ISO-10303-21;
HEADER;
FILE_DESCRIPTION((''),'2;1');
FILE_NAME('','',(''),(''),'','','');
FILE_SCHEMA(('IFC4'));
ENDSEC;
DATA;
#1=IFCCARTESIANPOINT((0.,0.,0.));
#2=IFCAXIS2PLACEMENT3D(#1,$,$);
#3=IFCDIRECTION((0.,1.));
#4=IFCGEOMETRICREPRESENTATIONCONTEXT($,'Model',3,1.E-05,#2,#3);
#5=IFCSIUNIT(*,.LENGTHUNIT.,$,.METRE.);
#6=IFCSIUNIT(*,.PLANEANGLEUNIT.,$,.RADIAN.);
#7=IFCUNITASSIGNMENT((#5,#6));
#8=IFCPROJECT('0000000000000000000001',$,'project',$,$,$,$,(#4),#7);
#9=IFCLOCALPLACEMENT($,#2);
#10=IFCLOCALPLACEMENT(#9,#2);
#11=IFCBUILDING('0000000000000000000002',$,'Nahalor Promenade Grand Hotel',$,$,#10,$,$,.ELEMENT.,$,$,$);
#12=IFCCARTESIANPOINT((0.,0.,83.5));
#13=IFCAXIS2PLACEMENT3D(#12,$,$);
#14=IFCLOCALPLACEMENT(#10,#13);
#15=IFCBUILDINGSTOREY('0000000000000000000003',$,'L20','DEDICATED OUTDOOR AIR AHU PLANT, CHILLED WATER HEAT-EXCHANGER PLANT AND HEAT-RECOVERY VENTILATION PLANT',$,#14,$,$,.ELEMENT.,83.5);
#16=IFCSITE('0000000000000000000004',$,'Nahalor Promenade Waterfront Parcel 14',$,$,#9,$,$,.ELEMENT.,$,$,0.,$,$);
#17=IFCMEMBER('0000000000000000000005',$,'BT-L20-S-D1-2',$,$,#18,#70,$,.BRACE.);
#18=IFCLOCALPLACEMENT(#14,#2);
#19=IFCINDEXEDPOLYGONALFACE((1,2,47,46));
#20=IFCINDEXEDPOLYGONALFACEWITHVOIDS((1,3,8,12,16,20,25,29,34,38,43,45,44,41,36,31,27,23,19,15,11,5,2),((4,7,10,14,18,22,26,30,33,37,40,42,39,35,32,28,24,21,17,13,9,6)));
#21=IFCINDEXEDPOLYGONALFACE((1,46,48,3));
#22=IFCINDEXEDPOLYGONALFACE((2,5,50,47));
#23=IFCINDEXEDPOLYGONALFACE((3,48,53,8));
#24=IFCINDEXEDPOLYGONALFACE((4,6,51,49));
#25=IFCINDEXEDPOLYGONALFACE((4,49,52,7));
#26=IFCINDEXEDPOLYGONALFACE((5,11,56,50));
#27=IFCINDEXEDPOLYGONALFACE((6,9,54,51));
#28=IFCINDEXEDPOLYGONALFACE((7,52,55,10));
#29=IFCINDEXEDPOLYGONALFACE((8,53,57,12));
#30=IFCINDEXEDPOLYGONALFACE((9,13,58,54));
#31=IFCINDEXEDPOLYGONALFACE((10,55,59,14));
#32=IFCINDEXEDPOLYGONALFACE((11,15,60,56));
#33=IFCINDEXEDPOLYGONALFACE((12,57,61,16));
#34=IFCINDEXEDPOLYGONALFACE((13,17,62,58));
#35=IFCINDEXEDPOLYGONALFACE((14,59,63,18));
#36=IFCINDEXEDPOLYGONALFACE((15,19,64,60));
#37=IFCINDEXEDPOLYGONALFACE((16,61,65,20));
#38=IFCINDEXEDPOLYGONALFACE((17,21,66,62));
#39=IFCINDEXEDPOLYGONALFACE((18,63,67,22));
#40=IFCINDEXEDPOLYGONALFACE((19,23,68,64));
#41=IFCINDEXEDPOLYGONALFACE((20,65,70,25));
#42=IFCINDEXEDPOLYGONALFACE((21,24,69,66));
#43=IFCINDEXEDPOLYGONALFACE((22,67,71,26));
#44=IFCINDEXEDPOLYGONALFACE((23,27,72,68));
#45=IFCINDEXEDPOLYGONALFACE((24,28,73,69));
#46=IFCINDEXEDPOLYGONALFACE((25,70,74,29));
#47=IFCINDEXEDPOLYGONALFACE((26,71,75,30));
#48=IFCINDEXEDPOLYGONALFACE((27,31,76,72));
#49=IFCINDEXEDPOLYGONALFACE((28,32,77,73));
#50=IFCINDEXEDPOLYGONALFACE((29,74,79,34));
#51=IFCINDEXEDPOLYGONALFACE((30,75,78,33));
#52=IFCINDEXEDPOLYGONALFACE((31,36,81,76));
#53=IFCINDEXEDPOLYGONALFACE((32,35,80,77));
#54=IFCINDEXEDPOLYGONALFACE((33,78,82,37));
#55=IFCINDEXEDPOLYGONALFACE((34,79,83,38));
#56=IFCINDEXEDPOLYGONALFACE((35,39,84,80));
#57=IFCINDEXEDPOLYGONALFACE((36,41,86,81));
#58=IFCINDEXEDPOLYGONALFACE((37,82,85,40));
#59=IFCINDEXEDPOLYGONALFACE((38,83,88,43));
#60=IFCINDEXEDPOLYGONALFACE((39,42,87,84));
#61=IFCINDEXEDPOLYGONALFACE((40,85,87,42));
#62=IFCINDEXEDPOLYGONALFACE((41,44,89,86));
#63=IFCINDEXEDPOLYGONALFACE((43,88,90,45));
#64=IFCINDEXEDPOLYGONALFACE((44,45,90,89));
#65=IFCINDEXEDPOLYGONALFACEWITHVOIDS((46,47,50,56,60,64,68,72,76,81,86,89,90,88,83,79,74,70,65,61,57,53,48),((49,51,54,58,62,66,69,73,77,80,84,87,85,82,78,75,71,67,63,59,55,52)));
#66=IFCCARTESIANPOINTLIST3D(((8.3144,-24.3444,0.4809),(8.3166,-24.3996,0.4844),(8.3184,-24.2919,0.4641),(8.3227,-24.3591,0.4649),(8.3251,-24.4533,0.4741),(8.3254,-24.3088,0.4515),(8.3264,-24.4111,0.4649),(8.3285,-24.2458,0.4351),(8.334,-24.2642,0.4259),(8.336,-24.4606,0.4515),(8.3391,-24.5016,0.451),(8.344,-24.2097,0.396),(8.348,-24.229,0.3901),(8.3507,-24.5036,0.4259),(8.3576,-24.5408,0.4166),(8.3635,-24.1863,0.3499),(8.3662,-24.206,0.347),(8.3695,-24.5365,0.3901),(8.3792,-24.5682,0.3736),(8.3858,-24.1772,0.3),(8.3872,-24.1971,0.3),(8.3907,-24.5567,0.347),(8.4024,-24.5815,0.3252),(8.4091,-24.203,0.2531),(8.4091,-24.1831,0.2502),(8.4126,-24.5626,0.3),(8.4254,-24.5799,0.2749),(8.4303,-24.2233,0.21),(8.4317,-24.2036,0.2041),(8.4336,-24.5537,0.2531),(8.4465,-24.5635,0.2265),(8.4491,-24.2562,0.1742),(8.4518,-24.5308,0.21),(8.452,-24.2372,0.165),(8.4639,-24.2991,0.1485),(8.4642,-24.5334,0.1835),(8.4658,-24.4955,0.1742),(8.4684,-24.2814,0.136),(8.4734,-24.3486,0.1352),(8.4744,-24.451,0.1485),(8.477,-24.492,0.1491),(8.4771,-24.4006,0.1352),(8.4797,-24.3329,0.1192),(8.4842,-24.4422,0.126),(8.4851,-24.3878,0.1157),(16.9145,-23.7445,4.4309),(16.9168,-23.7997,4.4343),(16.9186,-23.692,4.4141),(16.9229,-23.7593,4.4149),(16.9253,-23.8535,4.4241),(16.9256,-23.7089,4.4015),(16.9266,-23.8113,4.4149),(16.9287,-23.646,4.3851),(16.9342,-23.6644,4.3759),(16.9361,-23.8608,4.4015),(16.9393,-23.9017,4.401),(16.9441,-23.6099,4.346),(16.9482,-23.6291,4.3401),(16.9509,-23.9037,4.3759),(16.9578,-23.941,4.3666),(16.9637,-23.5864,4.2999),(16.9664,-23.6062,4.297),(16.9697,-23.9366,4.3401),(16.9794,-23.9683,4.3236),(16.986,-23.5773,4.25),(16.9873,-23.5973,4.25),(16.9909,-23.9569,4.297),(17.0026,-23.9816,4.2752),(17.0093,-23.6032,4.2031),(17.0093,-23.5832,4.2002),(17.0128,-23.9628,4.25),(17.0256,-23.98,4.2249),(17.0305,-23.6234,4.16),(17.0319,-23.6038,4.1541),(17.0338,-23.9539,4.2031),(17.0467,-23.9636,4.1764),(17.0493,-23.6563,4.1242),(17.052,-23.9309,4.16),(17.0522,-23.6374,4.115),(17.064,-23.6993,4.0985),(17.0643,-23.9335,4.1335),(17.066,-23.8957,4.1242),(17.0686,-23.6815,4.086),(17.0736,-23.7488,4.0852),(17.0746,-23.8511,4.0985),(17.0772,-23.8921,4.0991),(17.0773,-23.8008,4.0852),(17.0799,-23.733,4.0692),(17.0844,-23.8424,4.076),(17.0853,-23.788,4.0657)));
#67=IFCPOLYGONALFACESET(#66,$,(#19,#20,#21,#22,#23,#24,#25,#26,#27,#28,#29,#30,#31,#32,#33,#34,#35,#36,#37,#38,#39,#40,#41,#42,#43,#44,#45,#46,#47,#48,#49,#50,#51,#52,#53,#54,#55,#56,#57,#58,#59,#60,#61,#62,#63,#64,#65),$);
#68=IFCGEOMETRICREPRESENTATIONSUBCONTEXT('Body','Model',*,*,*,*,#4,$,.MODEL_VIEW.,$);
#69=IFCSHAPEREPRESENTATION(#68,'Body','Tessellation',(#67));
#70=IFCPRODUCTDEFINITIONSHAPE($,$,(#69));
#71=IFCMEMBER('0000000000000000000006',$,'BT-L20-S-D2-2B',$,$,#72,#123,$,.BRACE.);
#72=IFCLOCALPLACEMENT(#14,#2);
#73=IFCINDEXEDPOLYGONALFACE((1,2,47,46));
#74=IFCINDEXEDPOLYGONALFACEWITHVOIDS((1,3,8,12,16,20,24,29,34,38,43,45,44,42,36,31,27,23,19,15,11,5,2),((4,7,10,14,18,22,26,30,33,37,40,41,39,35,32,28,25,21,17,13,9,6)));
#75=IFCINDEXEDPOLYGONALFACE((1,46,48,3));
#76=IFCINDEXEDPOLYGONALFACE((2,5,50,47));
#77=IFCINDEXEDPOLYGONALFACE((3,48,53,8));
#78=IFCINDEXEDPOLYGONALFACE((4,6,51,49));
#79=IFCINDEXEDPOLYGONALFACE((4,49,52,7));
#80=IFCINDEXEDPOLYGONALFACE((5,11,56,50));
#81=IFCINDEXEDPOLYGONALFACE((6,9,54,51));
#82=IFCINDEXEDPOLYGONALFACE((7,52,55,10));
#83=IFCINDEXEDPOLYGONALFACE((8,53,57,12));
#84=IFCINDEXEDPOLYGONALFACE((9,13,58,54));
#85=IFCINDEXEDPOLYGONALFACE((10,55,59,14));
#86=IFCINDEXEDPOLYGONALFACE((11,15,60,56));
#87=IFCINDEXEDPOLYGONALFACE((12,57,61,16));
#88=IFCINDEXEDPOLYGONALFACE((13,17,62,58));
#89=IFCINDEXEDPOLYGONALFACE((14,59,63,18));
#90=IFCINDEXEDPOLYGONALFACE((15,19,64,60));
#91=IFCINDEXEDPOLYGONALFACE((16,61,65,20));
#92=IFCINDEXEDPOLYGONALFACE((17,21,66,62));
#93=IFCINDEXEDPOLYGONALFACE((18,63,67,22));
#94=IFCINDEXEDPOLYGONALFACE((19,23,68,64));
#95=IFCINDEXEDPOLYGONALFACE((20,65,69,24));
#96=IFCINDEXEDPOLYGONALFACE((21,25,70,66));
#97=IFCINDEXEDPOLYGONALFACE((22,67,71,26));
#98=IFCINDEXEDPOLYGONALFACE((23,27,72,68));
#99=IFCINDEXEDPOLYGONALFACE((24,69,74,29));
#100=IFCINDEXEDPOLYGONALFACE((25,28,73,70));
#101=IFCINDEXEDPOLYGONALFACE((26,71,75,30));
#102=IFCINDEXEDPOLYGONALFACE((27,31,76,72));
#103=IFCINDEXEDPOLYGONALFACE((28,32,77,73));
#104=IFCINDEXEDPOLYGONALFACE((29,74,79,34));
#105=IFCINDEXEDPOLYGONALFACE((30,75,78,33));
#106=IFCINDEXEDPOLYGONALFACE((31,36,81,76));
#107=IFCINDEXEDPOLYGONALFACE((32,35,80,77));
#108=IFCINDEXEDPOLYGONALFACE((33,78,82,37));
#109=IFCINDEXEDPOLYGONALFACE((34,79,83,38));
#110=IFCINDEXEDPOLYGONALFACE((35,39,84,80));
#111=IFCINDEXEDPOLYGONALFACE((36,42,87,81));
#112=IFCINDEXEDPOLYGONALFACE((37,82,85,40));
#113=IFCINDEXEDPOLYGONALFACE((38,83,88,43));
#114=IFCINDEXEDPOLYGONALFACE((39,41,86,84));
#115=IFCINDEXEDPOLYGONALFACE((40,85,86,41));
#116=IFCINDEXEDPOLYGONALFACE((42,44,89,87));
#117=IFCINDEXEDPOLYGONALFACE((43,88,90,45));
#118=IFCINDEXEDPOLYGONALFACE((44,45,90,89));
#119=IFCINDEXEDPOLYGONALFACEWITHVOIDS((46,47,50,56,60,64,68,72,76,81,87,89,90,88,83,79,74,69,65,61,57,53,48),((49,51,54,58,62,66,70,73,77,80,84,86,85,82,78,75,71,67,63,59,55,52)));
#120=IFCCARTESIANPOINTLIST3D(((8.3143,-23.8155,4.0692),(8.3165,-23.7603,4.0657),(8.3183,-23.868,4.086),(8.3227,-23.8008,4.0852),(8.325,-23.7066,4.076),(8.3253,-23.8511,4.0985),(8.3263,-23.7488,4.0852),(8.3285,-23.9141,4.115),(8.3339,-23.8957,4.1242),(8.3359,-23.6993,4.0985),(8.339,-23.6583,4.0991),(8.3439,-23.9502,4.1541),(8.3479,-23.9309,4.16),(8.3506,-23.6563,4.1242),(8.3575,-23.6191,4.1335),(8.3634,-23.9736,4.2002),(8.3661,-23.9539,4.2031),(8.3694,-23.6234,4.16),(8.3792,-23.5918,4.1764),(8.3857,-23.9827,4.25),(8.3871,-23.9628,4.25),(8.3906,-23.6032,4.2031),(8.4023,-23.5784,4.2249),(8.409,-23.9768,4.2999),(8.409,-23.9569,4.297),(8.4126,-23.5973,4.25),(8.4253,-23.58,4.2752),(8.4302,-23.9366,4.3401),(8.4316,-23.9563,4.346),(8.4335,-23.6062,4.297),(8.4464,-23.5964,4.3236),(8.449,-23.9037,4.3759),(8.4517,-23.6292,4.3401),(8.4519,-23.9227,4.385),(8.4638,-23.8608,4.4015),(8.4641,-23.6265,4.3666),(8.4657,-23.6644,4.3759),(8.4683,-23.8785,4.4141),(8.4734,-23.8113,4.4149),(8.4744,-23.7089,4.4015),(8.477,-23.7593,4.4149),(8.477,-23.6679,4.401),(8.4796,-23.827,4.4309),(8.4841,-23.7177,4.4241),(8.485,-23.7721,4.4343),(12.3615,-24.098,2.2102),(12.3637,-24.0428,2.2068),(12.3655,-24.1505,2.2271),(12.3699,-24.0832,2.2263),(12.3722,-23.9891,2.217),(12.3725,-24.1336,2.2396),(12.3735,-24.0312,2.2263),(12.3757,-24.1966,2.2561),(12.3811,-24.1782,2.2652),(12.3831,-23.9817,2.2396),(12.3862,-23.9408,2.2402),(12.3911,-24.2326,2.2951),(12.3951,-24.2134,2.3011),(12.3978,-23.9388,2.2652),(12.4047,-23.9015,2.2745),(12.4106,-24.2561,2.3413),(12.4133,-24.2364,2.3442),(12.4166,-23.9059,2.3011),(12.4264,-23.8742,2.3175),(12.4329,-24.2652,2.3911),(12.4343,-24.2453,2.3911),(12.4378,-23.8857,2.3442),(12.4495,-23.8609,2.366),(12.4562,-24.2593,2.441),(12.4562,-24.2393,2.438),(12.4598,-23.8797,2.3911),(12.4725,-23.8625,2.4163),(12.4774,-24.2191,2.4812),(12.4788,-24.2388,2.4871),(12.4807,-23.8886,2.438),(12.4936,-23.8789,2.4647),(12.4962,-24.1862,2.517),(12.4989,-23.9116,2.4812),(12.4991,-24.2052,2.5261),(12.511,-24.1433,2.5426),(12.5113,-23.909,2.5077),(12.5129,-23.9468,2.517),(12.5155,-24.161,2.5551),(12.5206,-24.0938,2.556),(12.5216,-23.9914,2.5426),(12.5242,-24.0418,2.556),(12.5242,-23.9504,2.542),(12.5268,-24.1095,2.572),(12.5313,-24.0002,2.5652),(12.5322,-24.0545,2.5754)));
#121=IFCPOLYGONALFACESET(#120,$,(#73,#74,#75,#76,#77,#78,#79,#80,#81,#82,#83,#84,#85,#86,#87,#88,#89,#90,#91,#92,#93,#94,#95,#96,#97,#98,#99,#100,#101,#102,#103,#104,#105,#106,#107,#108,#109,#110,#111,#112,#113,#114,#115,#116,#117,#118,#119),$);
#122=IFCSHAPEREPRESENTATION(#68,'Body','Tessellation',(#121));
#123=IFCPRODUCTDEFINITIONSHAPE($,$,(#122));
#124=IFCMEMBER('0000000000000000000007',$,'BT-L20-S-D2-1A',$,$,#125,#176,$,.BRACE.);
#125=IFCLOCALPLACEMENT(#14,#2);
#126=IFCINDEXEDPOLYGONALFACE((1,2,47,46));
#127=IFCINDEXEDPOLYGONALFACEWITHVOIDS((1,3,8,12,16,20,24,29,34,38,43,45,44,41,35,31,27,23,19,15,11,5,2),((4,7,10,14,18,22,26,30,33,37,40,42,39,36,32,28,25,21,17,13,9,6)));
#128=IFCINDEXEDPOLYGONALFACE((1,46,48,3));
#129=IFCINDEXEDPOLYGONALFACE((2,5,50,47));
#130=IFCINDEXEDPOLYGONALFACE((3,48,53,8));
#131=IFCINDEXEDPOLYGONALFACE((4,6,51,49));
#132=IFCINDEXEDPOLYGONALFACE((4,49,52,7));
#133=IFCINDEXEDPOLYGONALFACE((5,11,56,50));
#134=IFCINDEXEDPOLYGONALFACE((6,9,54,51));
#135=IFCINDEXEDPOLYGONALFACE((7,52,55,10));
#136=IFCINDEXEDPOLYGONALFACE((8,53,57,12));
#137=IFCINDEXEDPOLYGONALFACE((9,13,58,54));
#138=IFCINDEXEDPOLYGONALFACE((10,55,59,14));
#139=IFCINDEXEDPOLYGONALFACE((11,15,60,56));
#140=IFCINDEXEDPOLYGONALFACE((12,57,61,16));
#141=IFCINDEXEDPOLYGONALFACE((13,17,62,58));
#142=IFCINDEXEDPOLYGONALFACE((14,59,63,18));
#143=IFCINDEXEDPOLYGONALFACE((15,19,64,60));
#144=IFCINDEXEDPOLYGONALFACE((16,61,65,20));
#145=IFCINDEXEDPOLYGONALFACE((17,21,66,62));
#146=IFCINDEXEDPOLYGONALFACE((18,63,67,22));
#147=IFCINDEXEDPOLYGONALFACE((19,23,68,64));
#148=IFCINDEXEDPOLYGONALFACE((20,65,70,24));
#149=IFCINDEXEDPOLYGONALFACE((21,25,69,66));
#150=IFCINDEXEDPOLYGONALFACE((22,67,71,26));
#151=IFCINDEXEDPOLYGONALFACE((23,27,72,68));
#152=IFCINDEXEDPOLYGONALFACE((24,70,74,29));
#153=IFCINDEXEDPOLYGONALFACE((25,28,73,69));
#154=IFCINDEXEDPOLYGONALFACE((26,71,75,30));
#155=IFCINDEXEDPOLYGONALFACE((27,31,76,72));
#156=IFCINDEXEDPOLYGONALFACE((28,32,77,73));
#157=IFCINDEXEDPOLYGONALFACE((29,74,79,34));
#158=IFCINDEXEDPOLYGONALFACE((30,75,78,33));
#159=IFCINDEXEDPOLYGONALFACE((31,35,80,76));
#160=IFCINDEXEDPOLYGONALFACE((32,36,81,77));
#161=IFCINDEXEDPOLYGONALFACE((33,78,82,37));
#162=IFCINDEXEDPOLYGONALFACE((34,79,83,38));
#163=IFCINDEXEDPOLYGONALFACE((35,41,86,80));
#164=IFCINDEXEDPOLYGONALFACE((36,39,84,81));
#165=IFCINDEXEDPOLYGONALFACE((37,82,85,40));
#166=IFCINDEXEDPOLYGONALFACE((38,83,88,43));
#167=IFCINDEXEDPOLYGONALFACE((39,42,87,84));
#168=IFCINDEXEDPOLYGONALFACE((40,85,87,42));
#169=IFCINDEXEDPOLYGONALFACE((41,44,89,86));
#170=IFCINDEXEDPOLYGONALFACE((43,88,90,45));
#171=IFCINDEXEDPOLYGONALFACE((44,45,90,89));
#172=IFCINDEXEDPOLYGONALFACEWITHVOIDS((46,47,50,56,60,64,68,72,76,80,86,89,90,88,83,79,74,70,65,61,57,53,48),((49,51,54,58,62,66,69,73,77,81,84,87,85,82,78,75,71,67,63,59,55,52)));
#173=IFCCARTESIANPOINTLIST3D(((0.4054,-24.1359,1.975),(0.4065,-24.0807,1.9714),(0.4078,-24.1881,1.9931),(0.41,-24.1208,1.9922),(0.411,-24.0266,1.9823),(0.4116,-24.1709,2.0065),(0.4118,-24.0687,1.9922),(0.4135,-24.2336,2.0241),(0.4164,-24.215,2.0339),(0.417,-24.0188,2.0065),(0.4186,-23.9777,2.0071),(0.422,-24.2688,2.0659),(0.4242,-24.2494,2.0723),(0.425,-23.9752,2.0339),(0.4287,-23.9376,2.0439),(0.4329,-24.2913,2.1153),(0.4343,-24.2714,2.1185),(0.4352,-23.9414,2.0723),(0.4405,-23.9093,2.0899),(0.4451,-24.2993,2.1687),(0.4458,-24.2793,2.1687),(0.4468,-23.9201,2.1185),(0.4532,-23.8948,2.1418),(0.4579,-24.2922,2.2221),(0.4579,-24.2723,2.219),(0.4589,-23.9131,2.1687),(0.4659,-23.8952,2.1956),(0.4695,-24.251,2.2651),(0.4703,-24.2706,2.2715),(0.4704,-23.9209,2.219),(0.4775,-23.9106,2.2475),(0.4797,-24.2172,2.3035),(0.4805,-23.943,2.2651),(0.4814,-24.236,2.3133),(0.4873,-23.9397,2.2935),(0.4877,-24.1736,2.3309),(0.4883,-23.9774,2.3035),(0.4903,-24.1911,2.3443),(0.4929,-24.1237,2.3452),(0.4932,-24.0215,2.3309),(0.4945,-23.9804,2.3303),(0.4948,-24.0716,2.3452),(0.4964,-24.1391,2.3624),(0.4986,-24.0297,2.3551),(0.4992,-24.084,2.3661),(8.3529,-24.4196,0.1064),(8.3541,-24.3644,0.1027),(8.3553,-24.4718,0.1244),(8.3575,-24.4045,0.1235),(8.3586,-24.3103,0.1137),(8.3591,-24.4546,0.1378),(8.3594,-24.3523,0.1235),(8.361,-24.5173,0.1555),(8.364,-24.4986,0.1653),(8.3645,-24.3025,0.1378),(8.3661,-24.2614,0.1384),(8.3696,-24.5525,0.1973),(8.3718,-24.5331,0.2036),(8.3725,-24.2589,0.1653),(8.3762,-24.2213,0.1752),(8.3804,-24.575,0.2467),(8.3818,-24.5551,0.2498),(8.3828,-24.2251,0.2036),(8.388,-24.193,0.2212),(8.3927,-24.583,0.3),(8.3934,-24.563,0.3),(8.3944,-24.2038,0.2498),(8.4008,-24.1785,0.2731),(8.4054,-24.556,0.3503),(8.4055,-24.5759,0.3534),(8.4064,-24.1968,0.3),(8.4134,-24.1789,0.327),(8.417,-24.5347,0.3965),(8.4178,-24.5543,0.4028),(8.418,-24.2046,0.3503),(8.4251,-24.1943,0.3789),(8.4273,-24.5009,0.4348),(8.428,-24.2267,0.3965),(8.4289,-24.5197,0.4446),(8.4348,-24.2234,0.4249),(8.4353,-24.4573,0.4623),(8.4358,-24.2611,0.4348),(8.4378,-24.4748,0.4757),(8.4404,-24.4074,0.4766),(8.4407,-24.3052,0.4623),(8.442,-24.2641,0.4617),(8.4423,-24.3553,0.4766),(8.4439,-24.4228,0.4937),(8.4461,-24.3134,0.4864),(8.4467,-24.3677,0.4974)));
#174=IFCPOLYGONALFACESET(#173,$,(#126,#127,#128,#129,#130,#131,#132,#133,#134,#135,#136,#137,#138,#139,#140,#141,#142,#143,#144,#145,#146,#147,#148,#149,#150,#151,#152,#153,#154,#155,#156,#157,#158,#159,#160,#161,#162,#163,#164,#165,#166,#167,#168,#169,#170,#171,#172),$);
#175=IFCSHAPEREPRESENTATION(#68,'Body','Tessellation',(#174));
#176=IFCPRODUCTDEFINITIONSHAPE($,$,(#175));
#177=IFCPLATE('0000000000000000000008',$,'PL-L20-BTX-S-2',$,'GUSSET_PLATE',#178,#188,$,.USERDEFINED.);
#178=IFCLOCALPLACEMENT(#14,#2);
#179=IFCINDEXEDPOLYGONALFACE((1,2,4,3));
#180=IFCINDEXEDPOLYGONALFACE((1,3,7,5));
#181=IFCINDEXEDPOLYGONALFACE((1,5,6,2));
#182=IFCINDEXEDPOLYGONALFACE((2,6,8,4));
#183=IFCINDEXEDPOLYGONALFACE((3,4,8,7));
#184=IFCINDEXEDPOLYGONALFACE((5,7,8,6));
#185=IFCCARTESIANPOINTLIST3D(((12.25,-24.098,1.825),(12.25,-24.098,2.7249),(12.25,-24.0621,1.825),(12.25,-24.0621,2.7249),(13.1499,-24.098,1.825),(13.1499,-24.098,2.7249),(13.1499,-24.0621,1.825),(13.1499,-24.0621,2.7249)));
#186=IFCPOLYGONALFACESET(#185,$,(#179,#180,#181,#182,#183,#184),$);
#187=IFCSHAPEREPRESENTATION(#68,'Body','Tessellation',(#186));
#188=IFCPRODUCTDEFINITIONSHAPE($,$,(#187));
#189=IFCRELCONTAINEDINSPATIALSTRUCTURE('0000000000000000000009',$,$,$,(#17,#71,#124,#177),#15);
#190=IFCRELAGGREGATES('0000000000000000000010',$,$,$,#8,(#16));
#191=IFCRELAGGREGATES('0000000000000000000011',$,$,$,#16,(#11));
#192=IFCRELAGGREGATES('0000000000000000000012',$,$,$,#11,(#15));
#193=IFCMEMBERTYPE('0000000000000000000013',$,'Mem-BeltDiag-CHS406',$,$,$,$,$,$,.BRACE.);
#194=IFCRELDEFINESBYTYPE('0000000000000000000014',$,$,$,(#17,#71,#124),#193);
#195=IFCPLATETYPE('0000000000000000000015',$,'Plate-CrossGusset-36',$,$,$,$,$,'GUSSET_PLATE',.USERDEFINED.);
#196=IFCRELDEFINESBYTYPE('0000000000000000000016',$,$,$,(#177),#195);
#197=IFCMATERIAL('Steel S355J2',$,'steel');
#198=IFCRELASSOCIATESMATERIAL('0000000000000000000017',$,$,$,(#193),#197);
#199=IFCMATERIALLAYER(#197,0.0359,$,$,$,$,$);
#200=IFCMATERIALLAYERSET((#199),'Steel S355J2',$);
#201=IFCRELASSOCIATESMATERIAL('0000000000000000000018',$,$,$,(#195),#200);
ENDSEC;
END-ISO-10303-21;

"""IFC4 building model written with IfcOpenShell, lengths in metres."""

from ifc_helpers import new_model, si_unit, direction, frame, origin, origin_2d, place, context, subcontext, project, spatial, rectangle, hollow_circle, extrude, source, transform, mapped, material, layer, layer_set, material_profile, profile_set, type_object, element, save


model = new_model("IFC4")

# Units and contexts
model_context = context("Model", 3, precision=1e-05, world=origin(), true_north=direction((0.0, 1.0)))
body_context = subcontext(model_context, "Body", "Model", "MODEL_VIEW")
ifc_project = project(units=[si_unit("LENGTHUNIT", "METRE"), si_unit("PLANEANGLEUNIT", "RADIAN")], contexts=[model_context])

# Site, building, storey
site_placement = place(None, origin())
site = spatial("IfcSite", under=ifc_project, at=site_placement, Name="Nahalor Promenade Waterfront Parcel 14", CompositionType="ELEMENT", RefElevation=0.0)
building_placement = place(site_placement, origin())
building = spatial("IfcBuilding", under=site, at=building_placement, Name="Nahalor Promenade Grand Hotel", CompositionType="ELEMENT")
storey_placement = place(building_placement, frame((0.0, 0.0, 83.5)))
storey = spatial("IfcBuildingStorey", under=building, at=storey_placement, Name="L20", Description="DEDICATED OUTDOOR AIR AHU PLANT, CHILLED WATER HEAT-EXCHANGER PLANT AND HEAT-RECOVERY VENTILATION PLANT", CompositionType="ELEMENT", Elevation=83.5)

# Shared definitions
ifc_material_1 = material(Name="Steel S355J2", Category="steel")

# Members
ifc_material_profile_1 = material_profile(ifc_material_1, hollow_circle(Radius=0.2032, WallThickness=0.02, at=origin_2d()), Name="CHS 406.4x20")
ifc_profile_set_1 = profile_set([ifc_material_profile_1], Name="Steel S355J2")
member_type = type_object("IfcMemberType", Name="Mem-BeltDiag-CHS406", PredefinedType="BRACE", material=ifc_profile_set_1)
shared_shape_1 = source(origin(), body_context, "Body", "SweptSolid", [
    extrude(hollow_circle(Radius=0.2032, WallThickness=0.02, at=origin_2d()), origin(), (0.0, 0.0, 1.0), 9.4829),
])
member_1_placement = place(storey_placement, frame((8.3999, -24.3799, 0.3), z_axis=(0.906915, 0.063257, 0.416538), x_axis=(-0.069581, 0.997576, 0.0)))
element("IfcMember", 1, at=member_1_placement, inside=storey, type_object=member_type, Name="BT-L20-S-D1-2", PredefinedType="BRACE", context=body_context, shape_type="MappedRepresentation", body=[
    mapped(shared_shape_1, transform((0.0, 0.0, 0.0), scale=1.0)),
])
shared_shape_2 = source(origin(), body_context, "Body", "SweptSolid", [
    extrude(hollow_circle(Radius=0.2032, WallThickness=0.02, at=origin_2d()), origin(), (0.0, 0.0, 1.0), 4.4626),
])
member_2_placement = place(storey_placement, frame((12.447, -24.0625, 2.3911), z_axis=(-0.906906, 0.063298, 0.416552), x_axis=(-0.069626, -0.997573, 0.0)))
element("IfcMember", 2, at=member_2_placement, inside=storey, type_object=member_type, Name="BT-L20-S-D2-2B", PredefinedType="BRACE", context=body_context, shape_type="MappedRepresentation", body=[
    mapped(shared_shape_2, transform((0.0, 0.0, 0.0), scale=1.0)),
])
shared_shape_3 = source(origin(), body_context, "Body", "SweptSolid", [
    extrude(hollow_circle(Radius=0.2032, WallThickness=0.02, at=origin_2d()), origin(), (0.0, 0.0, 1.0), 8.1692),
])
member_3_placement = place(storey_placement, frame((8.3999, -24.3799, 0.3), z_axis=(-0.972867, 0.034727, 0.228745), x_axis=(-0.035673, -0.999364, 0.0)))
element("IfcMember", 3, at=member_3_placement, inside=storey, type_object=member_type, Name="BT-L20-S-D2-1A", PredefinedType="BRACE", context=body_context, shape_type="MappedRepresentation", body=[
    mapped(shared_shape_3, transform((0.0, 0.0, 0.0), scale=1.0)),
])

# Plate
ifc_layer_1 = layer(ifc_material_1, 0.0359)
ifc_layer_set_1 = layer_set([ifc_layer_1], Name="Steel S355J2")
plate_type_1 = type_object("IfcPlateType", Name="Plate-CrossGusset-36", ElementType="GUSSET_PLATE", PredefinedType="USERDEFINED", material=ifc_layer_set_1)
shared_shape_4 = source(origin(), body_context, "Body", "SweptSolid", [
    extrude(rectangle(XDim=0.8999, YDim=0.0359, at=origin_2d()), origin(), (0.0, 0.0, 1.0), 0.8999),
])
plate_1_placement = place(storey_placement, frame((12.7, -24.0801, 1.825), z_axis=(0.0, 0.0, 1.0), x_axis=(1.0, 0.0, 0.0)))
element("IfcPlate", 4, at=plate_1_placement, inside=storey, type_object=plate_type_1, Name="PL-L20-BTX-S-2", ObjectType="GUSSET_PLATE", PredefinedType="USERDEFINED", context=body_context, shape_type="MappedRepresentation", body=[
    mapped(shared_shape_4, transform((0.0, 0.0, 0.0), scale=1.0)),
])

save(model, "model.ifc")
